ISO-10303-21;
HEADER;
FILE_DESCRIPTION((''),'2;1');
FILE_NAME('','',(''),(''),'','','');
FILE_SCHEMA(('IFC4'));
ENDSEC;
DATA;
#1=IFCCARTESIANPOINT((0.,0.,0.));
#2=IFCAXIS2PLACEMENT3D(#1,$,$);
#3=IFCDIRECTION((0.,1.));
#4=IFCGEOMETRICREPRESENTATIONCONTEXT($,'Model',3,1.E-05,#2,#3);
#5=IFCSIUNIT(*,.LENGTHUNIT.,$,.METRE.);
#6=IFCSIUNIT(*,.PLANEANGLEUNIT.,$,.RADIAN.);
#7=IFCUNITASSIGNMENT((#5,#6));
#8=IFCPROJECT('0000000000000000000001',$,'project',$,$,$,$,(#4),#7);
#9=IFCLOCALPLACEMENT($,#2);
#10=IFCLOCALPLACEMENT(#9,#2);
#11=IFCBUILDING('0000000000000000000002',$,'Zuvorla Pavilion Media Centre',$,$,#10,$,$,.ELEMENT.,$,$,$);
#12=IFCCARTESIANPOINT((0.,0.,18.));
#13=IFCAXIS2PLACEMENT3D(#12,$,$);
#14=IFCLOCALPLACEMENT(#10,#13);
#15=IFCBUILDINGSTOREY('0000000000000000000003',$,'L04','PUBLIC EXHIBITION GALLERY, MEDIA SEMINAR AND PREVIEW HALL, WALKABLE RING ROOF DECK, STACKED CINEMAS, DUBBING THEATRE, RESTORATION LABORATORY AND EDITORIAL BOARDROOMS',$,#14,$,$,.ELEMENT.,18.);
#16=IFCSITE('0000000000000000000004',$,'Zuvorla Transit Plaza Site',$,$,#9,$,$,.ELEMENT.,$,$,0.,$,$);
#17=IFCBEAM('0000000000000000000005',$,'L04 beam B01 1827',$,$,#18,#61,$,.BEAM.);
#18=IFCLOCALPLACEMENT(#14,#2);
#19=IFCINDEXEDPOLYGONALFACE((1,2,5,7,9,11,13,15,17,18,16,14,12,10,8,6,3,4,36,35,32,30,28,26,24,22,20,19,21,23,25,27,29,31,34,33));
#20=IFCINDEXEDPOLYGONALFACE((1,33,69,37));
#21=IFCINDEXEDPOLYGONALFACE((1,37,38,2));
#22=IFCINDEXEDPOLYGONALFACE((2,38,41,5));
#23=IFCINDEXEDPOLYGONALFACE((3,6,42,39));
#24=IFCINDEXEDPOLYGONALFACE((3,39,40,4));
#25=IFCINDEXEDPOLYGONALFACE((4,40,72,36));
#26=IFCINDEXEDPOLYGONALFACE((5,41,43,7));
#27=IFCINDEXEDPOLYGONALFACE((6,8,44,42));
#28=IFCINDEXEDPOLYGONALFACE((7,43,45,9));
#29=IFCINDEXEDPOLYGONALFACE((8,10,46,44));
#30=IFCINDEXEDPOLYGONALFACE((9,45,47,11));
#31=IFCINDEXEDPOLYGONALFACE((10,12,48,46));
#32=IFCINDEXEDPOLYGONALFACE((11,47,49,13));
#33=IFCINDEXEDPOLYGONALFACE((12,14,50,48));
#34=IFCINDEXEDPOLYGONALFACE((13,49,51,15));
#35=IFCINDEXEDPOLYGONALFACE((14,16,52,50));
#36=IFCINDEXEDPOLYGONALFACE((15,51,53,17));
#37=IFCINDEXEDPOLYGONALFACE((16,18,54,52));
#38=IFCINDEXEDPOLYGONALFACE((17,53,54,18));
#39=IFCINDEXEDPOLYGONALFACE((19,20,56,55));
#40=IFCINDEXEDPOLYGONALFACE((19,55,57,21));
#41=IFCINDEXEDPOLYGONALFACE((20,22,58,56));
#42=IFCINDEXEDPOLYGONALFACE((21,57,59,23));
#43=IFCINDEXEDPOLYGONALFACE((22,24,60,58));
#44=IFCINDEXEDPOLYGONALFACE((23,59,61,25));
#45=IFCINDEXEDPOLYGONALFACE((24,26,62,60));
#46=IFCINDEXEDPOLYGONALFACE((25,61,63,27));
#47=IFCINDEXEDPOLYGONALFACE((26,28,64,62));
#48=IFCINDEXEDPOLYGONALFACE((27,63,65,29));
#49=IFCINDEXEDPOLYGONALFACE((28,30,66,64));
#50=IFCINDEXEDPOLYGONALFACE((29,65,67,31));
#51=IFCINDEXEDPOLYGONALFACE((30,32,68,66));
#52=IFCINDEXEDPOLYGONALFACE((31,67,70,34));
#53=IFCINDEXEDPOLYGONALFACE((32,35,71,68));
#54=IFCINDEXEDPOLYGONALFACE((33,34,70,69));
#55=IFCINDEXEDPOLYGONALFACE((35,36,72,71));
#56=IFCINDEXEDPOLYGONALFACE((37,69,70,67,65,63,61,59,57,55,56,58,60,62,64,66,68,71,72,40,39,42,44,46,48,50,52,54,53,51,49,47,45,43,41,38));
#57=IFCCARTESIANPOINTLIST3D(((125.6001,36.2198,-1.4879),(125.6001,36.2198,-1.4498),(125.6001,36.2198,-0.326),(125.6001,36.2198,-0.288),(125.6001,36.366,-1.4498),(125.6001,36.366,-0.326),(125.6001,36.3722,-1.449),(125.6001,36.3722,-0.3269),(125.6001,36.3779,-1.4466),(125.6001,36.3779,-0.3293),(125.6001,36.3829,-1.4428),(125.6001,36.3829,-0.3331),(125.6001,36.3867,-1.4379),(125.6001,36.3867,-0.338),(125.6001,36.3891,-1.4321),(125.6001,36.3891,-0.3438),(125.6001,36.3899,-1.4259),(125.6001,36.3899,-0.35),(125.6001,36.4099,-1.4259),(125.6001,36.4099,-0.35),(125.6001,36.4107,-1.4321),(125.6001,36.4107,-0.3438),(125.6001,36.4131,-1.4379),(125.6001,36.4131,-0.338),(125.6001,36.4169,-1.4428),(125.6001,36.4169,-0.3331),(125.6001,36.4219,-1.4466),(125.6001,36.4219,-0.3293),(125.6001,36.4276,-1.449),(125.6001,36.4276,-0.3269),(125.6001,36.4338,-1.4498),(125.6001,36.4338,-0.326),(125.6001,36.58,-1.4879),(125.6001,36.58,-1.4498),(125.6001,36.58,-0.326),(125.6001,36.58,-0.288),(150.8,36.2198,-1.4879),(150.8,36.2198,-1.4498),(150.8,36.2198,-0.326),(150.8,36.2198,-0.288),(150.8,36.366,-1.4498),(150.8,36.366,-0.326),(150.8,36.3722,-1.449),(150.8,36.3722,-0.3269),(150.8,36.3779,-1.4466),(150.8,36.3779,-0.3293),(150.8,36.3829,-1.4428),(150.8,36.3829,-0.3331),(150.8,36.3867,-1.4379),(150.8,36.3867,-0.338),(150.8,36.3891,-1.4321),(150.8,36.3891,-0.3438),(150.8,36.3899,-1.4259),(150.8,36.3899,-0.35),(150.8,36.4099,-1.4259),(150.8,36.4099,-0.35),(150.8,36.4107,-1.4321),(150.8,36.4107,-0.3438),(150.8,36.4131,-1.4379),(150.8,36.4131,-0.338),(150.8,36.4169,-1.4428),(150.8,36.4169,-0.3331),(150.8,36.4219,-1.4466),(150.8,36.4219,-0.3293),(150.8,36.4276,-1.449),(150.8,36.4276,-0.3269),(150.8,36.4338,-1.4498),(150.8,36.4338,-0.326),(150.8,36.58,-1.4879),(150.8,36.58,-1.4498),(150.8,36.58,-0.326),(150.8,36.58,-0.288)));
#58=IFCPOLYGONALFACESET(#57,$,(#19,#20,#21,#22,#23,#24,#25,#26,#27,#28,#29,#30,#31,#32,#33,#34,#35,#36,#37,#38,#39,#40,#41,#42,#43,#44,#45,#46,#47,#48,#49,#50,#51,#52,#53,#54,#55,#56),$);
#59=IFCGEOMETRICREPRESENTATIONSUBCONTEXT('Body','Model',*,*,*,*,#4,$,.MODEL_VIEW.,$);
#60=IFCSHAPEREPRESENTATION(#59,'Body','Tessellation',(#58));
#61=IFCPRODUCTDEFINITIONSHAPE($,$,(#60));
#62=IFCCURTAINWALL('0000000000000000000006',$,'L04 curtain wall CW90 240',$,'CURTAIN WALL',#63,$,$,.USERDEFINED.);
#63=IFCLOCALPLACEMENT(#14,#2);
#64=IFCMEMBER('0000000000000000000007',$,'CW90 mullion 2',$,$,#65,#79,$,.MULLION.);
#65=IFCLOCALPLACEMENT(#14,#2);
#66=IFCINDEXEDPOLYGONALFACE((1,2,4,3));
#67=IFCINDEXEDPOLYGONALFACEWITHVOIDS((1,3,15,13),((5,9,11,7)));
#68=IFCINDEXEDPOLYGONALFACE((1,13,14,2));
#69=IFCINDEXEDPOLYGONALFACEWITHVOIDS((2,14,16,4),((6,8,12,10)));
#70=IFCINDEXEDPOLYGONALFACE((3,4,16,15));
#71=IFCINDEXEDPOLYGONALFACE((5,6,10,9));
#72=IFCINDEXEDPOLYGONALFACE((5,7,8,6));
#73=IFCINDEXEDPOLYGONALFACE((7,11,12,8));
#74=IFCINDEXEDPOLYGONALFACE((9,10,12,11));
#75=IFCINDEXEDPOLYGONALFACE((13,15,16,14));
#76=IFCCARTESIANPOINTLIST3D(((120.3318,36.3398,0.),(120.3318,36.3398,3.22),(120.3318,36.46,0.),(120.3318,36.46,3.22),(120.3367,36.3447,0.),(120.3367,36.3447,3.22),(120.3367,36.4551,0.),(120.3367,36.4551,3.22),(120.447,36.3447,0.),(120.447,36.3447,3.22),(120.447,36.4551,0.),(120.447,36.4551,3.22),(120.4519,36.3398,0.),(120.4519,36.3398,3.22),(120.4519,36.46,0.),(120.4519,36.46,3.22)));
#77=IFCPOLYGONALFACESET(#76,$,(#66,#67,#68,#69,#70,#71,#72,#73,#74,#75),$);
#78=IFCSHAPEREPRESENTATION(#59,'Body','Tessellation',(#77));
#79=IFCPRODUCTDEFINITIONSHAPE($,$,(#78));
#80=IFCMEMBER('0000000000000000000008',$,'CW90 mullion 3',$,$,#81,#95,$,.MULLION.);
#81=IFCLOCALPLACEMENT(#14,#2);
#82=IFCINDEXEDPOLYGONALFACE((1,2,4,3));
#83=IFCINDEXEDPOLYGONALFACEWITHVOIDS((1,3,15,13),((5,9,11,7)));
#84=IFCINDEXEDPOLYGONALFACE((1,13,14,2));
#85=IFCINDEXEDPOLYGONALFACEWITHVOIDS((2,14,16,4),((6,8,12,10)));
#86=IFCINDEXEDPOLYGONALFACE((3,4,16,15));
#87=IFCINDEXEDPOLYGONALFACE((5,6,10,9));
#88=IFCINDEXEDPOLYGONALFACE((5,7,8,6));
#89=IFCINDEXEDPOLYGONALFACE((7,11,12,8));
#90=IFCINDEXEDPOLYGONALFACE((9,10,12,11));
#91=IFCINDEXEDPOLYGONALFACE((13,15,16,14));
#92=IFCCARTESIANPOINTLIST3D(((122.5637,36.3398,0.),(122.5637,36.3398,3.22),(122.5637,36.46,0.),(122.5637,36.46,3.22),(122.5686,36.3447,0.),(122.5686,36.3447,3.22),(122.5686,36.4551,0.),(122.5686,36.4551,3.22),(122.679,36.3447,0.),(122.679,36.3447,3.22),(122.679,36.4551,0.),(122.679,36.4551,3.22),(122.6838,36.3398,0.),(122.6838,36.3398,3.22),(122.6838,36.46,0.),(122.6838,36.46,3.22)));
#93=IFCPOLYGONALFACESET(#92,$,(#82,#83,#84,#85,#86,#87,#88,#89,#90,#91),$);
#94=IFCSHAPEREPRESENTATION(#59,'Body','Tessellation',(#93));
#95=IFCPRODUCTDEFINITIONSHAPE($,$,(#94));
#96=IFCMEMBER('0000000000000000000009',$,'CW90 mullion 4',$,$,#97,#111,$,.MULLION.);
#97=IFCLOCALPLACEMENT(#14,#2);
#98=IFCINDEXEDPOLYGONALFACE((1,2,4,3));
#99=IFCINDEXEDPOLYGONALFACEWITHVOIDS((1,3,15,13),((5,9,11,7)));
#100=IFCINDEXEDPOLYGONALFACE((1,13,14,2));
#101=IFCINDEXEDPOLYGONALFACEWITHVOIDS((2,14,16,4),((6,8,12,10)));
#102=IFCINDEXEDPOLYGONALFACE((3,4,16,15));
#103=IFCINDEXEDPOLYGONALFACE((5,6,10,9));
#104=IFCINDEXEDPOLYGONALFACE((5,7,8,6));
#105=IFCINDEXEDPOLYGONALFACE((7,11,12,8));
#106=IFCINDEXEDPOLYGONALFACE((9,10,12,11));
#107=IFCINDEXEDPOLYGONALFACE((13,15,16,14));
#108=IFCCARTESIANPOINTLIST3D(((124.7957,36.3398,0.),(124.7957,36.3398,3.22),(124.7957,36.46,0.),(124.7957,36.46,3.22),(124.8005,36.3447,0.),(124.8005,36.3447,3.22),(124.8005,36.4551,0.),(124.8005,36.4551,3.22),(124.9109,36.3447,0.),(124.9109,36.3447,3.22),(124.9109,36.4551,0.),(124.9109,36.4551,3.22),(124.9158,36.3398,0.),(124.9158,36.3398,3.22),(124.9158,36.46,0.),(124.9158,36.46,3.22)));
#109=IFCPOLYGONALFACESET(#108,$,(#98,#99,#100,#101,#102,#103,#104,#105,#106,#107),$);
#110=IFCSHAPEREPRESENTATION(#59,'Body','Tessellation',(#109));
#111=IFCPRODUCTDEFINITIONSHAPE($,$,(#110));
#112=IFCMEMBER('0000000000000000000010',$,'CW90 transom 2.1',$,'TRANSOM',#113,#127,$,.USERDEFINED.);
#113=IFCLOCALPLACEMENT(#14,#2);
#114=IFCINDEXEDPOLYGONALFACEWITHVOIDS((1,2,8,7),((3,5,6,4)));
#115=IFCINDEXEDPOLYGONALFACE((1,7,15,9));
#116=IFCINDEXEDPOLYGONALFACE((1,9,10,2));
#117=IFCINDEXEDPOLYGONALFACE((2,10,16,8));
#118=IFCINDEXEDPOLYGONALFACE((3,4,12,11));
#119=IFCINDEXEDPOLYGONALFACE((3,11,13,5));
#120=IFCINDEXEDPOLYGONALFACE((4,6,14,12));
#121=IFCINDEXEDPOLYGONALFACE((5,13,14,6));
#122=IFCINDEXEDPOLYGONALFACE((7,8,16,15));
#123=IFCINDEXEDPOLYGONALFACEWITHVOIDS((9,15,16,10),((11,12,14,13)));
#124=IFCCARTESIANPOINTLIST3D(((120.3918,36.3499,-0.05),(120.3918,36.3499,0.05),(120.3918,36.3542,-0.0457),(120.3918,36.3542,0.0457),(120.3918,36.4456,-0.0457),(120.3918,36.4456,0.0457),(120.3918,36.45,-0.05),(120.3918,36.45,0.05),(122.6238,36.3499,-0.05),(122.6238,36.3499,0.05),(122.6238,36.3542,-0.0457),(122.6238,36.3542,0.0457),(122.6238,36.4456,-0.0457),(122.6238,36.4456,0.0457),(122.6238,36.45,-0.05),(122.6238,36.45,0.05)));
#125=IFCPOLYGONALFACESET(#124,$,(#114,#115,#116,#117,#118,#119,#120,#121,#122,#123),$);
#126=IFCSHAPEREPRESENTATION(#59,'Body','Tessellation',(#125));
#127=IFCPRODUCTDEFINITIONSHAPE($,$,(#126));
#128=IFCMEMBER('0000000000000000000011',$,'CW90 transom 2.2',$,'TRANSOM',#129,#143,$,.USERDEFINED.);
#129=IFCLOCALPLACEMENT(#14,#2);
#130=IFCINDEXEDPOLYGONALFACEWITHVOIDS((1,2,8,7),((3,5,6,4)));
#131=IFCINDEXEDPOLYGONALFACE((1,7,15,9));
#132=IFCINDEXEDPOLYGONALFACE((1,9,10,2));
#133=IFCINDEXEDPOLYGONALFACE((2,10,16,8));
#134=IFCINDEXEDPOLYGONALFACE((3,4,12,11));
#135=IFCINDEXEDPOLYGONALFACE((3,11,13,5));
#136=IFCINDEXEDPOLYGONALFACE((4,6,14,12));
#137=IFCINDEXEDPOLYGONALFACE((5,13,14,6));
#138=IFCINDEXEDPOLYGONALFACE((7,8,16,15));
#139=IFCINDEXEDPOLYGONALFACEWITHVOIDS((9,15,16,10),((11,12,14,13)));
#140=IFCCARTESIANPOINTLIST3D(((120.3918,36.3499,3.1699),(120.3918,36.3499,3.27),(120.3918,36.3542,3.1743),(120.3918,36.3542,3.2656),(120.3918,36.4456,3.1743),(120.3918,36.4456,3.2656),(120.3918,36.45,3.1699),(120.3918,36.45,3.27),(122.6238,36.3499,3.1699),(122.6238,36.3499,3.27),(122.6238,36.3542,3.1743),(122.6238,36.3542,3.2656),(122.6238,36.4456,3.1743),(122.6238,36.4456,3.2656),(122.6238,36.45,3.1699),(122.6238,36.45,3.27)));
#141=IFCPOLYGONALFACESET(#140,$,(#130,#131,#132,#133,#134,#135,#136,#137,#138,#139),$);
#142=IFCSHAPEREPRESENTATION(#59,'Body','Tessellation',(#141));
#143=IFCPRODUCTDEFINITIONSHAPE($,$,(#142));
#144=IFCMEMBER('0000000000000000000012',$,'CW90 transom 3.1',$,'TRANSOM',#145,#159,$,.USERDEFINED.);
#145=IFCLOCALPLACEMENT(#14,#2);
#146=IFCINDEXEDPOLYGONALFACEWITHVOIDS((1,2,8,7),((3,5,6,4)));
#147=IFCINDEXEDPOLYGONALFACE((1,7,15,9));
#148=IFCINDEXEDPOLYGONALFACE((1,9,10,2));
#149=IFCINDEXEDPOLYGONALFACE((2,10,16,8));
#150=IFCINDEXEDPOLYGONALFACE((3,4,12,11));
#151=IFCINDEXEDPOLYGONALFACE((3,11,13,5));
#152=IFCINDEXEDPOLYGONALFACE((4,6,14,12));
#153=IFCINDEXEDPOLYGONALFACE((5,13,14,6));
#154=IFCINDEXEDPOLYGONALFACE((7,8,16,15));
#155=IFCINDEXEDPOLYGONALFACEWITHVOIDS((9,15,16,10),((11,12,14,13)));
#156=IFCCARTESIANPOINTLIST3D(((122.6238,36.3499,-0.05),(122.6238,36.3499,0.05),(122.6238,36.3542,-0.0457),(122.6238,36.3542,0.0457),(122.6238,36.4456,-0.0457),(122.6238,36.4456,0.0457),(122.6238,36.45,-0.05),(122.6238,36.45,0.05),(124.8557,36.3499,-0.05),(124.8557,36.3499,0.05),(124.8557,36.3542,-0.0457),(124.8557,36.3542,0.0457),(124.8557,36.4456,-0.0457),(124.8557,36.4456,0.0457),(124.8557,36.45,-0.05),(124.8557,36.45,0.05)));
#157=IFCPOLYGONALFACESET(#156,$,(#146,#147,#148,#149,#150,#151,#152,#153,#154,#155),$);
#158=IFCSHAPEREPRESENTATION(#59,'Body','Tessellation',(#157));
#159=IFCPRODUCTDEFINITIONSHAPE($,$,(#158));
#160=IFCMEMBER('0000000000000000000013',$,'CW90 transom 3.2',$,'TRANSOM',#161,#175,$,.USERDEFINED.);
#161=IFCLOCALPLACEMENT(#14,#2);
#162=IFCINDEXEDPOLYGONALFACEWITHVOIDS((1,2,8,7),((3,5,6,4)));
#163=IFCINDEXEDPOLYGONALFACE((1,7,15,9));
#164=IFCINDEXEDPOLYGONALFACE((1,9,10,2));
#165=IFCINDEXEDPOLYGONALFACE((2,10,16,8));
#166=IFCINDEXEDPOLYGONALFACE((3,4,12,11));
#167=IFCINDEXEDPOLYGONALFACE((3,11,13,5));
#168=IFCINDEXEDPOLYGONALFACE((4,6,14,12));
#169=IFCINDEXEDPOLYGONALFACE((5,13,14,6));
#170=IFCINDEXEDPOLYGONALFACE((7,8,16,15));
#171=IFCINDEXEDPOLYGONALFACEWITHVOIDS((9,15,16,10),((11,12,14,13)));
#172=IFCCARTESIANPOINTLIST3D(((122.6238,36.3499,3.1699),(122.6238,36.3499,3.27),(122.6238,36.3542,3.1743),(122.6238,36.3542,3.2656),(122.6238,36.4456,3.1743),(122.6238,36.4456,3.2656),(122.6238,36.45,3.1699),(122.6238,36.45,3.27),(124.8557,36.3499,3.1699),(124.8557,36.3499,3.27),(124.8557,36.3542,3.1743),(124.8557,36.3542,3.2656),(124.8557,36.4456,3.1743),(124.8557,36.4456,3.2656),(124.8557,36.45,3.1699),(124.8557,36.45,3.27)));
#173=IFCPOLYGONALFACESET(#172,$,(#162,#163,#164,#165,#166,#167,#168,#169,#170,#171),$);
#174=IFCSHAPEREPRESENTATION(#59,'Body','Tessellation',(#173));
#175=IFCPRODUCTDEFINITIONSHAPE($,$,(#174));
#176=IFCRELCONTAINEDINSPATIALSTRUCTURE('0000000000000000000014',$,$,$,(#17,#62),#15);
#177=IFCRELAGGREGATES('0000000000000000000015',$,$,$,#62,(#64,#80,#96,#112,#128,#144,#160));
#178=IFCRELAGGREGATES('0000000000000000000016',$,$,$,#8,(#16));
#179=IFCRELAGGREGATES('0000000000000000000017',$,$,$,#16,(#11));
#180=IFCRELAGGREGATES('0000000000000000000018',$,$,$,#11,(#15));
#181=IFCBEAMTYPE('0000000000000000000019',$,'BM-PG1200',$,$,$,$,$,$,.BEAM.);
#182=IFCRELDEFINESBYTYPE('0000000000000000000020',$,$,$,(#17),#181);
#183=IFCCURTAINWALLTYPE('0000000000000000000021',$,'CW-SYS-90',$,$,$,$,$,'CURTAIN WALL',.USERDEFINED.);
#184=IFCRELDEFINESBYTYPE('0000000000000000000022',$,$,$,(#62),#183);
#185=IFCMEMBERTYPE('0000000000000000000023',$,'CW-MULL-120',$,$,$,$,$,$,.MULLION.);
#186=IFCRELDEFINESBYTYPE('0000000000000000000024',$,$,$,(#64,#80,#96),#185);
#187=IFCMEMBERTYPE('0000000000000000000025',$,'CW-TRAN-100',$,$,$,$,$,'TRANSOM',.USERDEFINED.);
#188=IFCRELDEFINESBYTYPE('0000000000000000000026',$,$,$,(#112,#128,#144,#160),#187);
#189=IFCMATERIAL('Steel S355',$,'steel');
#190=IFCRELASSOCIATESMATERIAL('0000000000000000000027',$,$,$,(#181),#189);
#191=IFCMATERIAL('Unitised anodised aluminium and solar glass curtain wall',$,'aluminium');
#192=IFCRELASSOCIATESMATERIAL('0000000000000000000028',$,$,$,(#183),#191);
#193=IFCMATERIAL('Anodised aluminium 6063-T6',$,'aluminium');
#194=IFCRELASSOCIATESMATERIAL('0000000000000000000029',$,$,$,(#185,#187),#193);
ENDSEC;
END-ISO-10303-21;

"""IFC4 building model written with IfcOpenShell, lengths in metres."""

from ifc_helpers import new_model, si_unit, direction, frame, origin, origin_2d, place, context, subcontext, project, spatial, hollow_rectangle, i_section, extrude, material, material_profile, profile_set, type_object, element, aggregate, save


model = new_model("IFC4")

# Units and contexts
model_context = context("Model", 3, precision=1e-05, world=origin(), true_north=direction((0.0, 1.0)))
body_context = subcontext(model_context, "Body", "Model", "MODEL_VIEW")
ifc_project = project(units=[si_unit("LENGTHUNIT", "METRE"), si_unit("PLANEANGLEUNIT", "RADIAN")], contexts=[model_context])

# Site, building, storey
site_placement = place(None, origin())
site = spatial("IfcSite", under=ifc_project, at=site_placement, Name="Zuvorla Transit Plaza Site", CompositionType="ELEMENT", RefElevation=0.0)
building_placement = place(site_placement, origin())
building = spatial("IfcBuilding", under=site, at=building_placement, Name="Zuvorla Pavilion Media Centre", CompositionType="ELEMENT")
storey_placement = place(building_placement, frame((0.0, 0.0, 18.0)))
storey = spatial("IfcBuildingStorey", under=building, at=storey_placement, Name="L04", Description="PUBLIC EXHIBITION GALLERY, MEDIA SEMINAR AND PREVIEW HALL, WALKABLE RING ROOF DECK, STACKED CINEMAS, DUBBING THEATRE, RESTORATION LABORATORY AND EDITORIAL BOARDROOMS", CompositionType="ELEMENT", Elevation=18.0)

# Beam
ifc_material_1 = material(Name="Steel S355", Category="steel")
ifc_material_profile_1 = material_profile(ifc_material_1, i_section(OverallWidth=0.3601, OverallDepth=1.2, WebThickness=0.02, FlangeThickness=0.0381, FilletRadius=0.0239, at=origin_2d()), Name="PG 1200x360x38")
ifc_profile_set_1 = profile_set([ifc_material_profile_1], Name="Steel S355")
beam_type = type_object("IfcBeamType", Name="BM-PG1200", PredefinedType="BEAM", material=ifc_profile_set_1)
beam_placement = place(storey_placement, frame((125.6001, 36.3999, -0.8879), z_axis=(1.0, 0.0, 0.0), x_axis=(0.0, 1.0, 0.0)))
element("IfcBeam", 1, at=beam_placement, inside=storey, type_object=beam_type, Name="L04 beam B01 1827", PredefinedType="BEAM", context=body_context, shape_type="SweptSolid", body=[
    extrude(i_section(OverallWidth=0.3601, OverallDepth=1.2, WebThickness=0.02, FlangeThickness=0.0381, FilletRadius=0.0239, at=origin_2d()), origin(), (0.0, 0.0, 1.0), 25.2),
])

# Curtain wall, members
ifc_material_2 = material(Name="Unitised anodised aluminium and solar glass curtain wall", Category="aluminium")
curtain_wall_type = type_object("IfcCurtainWallType", Name="CW-SYS-90", ElementType="CURTAIN WALL", PredefinedType="USERDEFINED", material=ifc_material_2)
curtain_wall_placement = place(storey_placement, origin())
curtain_wall = element("IfcCurtainWall", 2, at=curtain_wall_placement, inside=storey, type_object=curtain_wall_type, Name="L04 curtain wall CW90 240", ObjectType="CURTAIN WALL", PredefinedType="USERDEFINED")
ifc_material_3 = material(Name="Anodised aluminium 6063-T6", Category="aluminium")
ifc_material_profile_2 = material_profile(ifc_material_3, hollow_rectangle(XDim=0.1201, YDim=0.1201, WallThickness=0.0049, at=origin_2d()), Name="ALU MULL 120x120")
ifc_profile_set_2 = profile_set([ifc_material_profile_2], Name="Anodised aluminium 6063-T6")
member_type_1 = type_object("IfcMemberType", Name="CW-MULL-120", PredefinedType="MULLION", material=ifc_profile_set_2)
member_1_placement = place(storey_placement, frame((120.3918, 36.3999, 0.0), z_axis=(0.0, 0.0, 1.0), x_axis=(1.0, 0.0, 0.0)))
member_1 = element("IfcMember", 3, at=member_1_placement, type_object=member_type_1, Name="CW90 mullion 2", PredefinedType="MULLION", context=body_context, shape_type="SweptSolid", body=[
    extrude(hollow_rectangle(XDim=0.1201, YDim=0.1201, WallThickness=0.0049, at=origin_2d()), origin(), (0.0, 0.0, 1.0), 3.22),
])
member_2_placement = place(storey_placement, frame((122.6238, 36.3999, 0.0), z_axis=(0.0, 0.0, 1.0), x_axis=(1.0, 0.0, 0.0)))
member_2 = element("IfcMember", 4, at=member_2_placement, type_object=member_type_1, Name="CW90 mullion 3", PredefinedType="MULLION", context=body_context, shape_type="SweptSolid", body=[
    extrude(hollow_rectangle(XDim=0.1201, YDim=0.1201, WallThickness=0.0049, at=origin_2d()), origin(), (0.0, 0.0, 1.0), 3.22),
])
member_3_placement = place(storey_placement, frame((124.8557, 36.3999, 0.0), z_axis=(0.0, 0.0, 1.0), x_axis=(1.0, 0.0, 0.0)))
member_3 = element("IfcMember", 5, at=member_3_placement, type_object=member_type_1, Name="CW90 mullion 4", PredefinedType="MULLION", context=body_context, shape_type="SweptSolid", body=[
    extrude(hollow_rectangle(XDim=0.1201, YDim=0.1201, WallThickness=0.0049, at=origin_2d()), origin(), (0.0, 0.0, 1.0), 3.22),
])
ifc_material_profile_3 = material_profile(ifc_material_3, hollow_rectangle(XDim=0.1001, YDim=0.1001, WallThickness=0.0044, at=origin_2d()), Name="ALU TRAN 100x100")
ifc_profile_set_3 = profile_set([ifc_material_profile_3], Name="Anodised aluminium 6063-T6")
member_type_2 = type_object("IfcMemberType", Name="CW-TRAN-100", ElementType="TRANSOM", PredefinedType="USERDEFINED", material=ifc_profile_set_3)
member_4_placement = place(storey_placement, frame((120.3918, 36.3999, 0.0), z_axis=(1.0, 0.0, 0.0), x_axis=(0.0, 1.0, 0.0)))
member_4 = element("IfcMember", 6, at=member_4_placement, type_object=member_type_2, Name="CW90 transom 2.1", ObjectType="TRANSOM", PredefinedType="USERDEFINED", context=body_context, shape_type="SweptSolid", body=[
    extrude(hollow_rectangle(XDim=0.1001, YDim=0.1001, WallThickness=0.0044, at=origin_2d()), origin(), (0.0, 0.0, 1.0), 2.2319),
])
member_5_placement = place(storey_placement, frame((120.3918, 36.3999, 3.22), z_axis=(1.0, 0.0, 0.0), x_axis=(0.0, 1.0, 0.0)))
member_5 = element("IfcMember", 7, at=member_5_placement, type_object=member_type_2, Name="CW90 transom 2.2", ObjectType="TRANSOM", PredefinedType="USERDEFINED", context=body_context, shape_type="SweptSolid", body=[
    extrude(hollow_rectangle(XDim=0.1001, YDim=0.1001, WallThickness=0.0044, at=origin_2d()), origin(), (0.0, 0.0, 1.0), 2.2319),
])
member_6_placement = place(storey_placement, frame((122.6238, 36.3999, 0.0), z_axis=(1.0, 0.0, 0.0), x_axis=(0.0, 1.0, 0.0)))
member_6 = element("IfcMember", 8, at=member_6_placement, type_object=member_type_2, Name="CW90 transom 3.1", ObjectType="TRANSOM", PredefinedType="USERDEFINED", context=body_context, shape_type="SweptSolid", body=[
    extrude(hollow_rectangle(XDim=0.1001, YDim=0.1001, WallThickness=0.0044, at=origin_2d()), origin(), (0.0, 0.0, 1.0), 2.2319),
])
member_7_placement = place(storey_placement, frame((122.6238, 36.3999, 3.22), z_axis=(1.0, 0.0, 0.0), x_axis=(0.0, 1.0, 0.0)))
member_7 = element("IfcMember", 9, at=member_7_placement, type_object=member_type_2, Name="CW90 transom 3.2", ObjectType="TRANSOM", PredefinedType="USERDEFINED", context=body_context, shape_type="SweptSolid", body=[
    extrude(hollow_rectangle(XDim=0.1001, YDim=0.1001, WallThickness=0.0044, at=origin_2d()), origin(), (0.0, 0.0, 1.0), 2.2319),
])

aggregate(curtain_wall, [member_1, member_2, member_3, member_4, member_5, member_6, member_7])

save(model, "model.ifc")
